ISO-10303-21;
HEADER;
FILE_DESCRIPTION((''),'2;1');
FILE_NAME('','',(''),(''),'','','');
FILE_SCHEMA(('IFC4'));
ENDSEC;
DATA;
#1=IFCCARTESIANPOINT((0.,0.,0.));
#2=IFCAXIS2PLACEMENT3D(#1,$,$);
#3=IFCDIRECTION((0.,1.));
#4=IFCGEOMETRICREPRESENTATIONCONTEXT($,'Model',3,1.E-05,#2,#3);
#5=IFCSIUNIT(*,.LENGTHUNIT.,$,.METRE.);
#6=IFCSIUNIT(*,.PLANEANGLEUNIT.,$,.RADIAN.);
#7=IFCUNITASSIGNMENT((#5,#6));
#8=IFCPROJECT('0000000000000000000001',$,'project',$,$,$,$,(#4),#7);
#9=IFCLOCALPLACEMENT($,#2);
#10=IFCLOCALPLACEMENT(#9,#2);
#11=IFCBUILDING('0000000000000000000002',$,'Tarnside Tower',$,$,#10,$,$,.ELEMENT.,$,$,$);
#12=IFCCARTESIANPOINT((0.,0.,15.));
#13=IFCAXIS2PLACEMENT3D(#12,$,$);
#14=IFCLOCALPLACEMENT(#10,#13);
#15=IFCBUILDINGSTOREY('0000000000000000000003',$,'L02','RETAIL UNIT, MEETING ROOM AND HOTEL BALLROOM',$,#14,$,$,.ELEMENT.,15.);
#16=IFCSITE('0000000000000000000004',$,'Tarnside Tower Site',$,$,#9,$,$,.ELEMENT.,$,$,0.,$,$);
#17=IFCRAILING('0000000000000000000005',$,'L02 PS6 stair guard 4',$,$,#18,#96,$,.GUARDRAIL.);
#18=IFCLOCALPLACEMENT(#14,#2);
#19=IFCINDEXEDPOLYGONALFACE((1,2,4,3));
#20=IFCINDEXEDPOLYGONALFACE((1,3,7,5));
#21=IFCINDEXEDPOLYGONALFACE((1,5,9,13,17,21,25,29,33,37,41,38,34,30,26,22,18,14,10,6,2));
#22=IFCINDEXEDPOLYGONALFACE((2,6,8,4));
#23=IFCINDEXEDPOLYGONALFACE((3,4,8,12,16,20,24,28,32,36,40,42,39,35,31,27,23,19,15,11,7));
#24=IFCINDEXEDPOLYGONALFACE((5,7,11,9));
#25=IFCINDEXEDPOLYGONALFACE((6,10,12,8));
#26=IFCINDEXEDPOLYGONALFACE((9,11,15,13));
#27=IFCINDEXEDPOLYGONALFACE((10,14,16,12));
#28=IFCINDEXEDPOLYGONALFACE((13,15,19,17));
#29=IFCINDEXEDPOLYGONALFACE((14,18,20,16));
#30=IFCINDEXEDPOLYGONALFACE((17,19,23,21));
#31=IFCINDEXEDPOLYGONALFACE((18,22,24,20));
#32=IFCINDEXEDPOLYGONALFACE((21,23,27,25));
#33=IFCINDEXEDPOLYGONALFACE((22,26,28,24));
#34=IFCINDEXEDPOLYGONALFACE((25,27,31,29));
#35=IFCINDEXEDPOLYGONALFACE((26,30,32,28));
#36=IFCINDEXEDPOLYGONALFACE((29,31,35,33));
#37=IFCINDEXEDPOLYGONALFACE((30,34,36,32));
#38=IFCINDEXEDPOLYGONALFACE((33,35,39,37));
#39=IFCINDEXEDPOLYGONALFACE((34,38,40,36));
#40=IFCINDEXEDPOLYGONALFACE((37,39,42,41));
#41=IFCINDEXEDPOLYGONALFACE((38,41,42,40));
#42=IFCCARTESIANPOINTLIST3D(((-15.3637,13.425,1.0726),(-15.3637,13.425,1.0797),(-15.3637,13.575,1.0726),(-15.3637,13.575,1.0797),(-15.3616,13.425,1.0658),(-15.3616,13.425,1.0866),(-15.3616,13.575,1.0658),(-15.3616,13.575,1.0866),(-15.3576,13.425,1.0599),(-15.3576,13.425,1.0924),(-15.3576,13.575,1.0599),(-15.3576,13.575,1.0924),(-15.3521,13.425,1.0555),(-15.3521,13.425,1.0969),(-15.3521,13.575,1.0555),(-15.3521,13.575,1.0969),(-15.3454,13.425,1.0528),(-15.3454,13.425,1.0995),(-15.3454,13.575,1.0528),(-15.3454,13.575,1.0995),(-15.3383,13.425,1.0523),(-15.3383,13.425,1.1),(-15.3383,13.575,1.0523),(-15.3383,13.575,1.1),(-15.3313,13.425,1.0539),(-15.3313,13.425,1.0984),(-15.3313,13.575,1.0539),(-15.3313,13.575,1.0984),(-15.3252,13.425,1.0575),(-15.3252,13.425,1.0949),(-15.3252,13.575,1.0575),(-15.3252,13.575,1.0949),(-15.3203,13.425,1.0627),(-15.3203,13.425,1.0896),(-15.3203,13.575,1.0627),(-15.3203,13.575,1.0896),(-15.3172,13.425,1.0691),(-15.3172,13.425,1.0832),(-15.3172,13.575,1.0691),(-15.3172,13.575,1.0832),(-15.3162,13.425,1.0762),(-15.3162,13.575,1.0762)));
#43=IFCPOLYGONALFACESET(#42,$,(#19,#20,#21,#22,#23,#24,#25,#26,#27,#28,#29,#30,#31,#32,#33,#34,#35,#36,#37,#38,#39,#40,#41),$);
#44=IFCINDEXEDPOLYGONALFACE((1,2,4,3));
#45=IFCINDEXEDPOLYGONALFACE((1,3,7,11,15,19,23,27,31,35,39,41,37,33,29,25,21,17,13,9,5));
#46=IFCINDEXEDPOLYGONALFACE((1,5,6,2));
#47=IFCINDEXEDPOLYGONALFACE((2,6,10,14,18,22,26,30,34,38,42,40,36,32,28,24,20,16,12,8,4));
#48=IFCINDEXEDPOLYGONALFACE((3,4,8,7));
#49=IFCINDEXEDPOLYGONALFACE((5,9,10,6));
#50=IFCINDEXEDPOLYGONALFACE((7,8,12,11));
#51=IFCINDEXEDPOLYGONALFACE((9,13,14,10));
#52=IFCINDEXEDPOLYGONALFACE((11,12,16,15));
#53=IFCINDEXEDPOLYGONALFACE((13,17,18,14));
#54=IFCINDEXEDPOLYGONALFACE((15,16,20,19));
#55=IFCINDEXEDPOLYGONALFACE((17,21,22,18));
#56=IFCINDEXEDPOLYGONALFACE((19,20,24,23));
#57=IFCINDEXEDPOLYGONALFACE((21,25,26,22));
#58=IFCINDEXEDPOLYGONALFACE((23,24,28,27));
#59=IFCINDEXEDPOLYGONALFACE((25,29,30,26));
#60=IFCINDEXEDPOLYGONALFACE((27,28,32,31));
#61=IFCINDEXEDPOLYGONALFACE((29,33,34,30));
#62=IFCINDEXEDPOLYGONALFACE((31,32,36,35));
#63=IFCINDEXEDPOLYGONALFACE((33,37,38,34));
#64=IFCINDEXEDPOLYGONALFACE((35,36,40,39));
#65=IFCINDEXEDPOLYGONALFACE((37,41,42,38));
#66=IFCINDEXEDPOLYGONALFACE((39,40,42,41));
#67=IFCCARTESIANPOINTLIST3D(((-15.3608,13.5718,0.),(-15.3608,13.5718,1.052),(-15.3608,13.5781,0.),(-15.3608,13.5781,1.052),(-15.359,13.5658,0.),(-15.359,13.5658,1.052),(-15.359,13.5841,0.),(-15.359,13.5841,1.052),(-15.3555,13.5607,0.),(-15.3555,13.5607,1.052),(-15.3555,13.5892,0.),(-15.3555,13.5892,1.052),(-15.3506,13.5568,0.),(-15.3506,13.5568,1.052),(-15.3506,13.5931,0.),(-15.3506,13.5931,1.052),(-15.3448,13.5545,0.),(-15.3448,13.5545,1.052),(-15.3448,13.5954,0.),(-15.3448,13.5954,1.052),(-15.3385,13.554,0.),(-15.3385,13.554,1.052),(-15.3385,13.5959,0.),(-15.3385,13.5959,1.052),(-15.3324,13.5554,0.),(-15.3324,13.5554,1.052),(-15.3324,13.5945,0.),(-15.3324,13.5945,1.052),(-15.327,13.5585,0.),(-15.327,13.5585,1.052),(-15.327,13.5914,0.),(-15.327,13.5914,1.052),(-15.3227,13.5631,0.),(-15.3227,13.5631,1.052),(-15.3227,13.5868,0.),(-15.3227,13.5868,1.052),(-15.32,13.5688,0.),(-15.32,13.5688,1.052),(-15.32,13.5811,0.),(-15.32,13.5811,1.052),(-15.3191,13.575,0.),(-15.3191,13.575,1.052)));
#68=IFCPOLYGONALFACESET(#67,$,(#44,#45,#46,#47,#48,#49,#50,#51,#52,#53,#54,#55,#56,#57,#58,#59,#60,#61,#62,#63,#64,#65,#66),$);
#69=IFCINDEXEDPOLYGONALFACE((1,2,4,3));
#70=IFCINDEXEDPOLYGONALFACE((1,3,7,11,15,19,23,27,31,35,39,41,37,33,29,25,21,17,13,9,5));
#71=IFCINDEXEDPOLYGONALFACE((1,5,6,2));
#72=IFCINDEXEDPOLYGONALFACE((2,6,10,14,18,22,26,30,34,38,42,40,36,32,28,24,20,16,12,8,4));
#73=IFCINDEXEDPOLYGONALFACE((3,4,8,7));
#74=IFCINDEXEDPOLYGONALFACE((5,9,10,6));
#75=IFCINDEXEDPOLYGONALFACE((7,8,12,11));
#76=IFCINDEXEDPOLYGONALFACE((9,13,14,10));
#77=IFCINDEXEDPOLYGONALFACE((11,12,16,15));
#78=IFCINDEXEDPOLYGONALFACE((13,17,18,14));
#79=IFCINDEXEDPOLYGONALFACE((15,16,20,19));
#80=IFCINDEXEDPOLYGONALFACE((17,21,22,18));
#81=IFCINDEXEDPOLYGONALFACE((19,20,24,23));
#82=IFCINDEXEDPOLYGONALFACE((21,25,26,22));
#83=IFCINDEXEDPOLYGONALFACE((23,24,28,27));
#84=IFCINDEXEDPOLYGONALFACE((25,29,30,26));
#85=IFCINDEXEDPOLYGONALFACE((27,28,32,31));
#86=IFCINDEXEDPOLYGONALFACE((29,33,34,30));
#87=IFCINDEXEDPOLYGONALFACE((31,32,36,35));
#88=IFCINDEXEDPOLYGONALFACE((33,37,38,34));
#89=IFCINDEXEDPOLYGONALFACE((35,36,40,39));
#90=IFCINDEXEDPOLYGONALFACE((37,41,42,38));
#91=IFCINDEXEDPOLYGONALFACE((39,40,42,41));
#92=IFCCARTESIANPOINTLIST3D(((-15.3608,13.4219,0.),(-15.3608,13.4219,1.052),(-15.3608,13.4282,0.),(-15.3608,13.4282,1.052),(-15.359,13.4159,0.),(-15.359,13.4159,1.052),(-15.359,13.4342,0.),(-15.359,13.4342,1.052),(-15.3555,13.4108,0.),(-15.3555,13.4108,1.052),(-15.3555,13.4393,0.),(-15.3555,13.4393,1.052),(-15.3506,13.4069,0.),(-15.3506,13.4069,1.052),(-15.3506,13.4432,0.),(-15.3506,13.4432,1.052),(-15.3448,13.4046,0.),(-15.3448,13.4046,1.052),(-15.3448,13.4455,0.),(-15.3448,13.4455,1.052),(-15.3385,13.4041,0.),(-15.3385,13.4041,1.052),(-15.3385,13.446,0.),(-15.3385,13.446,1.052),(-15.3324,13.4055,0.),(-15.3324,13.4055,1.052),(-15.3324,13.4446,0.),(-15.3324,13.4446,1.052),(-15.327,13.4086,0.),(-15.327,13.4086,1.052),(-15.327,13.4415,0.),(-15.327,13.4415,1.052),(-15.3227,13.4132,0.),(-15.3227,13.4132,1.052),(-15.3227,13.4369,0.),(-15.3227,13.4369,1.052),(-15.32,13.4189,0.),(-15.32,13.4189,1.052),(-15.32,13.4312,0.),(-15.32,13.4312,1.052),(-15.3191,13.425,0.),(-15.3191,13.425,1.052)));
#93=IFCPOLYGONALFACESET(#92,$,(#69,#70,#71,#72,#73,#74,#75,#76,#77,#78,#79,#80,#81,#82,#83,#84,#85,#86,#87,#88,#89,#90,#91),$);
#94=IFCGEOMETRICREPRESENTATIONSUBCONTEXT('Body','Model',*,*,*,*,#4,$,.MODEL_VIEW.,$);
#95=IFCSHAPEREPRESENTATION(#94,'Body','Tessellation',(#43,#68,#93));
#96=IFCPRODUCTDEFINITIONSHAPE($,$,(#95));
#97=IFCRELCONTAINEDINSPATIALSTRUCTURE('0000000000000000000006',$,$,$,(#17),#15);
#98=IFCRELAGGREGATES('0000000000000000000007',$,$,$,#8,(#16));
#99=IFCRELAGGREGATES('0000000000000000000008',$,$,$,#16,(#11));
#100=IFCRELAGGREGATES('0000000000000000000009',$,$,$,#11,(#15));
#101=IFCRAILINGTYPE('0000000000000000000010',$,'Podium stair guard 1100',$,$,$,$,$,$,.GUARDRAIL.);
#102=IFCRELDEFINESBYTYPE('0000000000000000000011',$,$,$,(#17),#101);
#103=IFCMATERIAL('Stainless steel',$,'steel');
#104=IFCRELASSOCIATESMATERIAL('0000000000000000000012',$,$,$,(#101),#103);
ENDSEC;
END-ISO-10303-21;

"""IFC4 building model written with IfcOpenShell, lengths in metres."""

from ifc_helpers import new_model, si_unit, direction, frame, origin, origin_2d, place, context, subcontext, project, spatial, circle, extrude, material, type_object, element, save


model = new_model("IFC4")

# Units and contexts
model_context = context("Model", 3, precision=1e-05, world=origin(), true_north=direction((0.0, 1.0)))
body_context = subcontext(model_context, "Body", "Model", "MODEL_VIEW")
ifc_project = project(units=[si_unit("LENGTHUNIT", "METRE"), si_unit("PLANEANGLEUNIT", "RADIAN")], contexts=[model_context])

# Site, building, storey
site_placement = place(None, origin())
site = spatial("IfcSite", under=ifc_project, at=site_placement, Name="Tarnside Tower Site", CompositionType="ELEMENT", RefElevation=0.0)
building_placement = place(site_placement, origin())
building = spatial("IfcBuilding", under=site, at=building_placement, Name="Tarnside Tower", CompositionType="ELEMENT")
storey_placement = place(building_placement, frame((0.0, 0.0, 15.0)))
storey = spatial("IfcBuildingStorey", under=building, at=storey_placement, Name="L02", Description="RETAIL UNIT, MEETING ROOM AND HOTEL BALLROOM", CompositionType="ELEMENT", Elevation=15.0)

# Railing
ifc_material_1 = material(Name="Stainless steel", Category="steel")
railing_type = type_object("IfcRailingType", Name="Podium stair guard 1100", PredefinedType="GUARDRAIL", material=ifc_material_1)
railing_placement = place(storey_placement, frame((-15.3401, 13.575, 0.0)))
element("IfcRailing", 1, at=railing_placement, inside=storey, type_object=railing_type, Name="L02 PS6 stair guard 4", PredefinedType="GUARDRAIL", context=body_context, shape_type="SweptSolid", body=[
    extrude(circle(Radius=0.0239, at=origin_2d()), frame((0.0, 0.0, 1.0762), z_axis=(0.0, -1.0, 0.0), x_axis=(1.0, 0.0, 0.0)), (0.0, 0.0, 1.0), 0.1499),
    extrude(circle(Radius=0.021, at=origin_2d()), origin(), (0.0, 0.0, 1.0), 1.052),
    extrude(circle(Radius=0.021, at=origin_2d()), frame((0.0, -0.1499, 0.0)), (0.0, 0.0, 1.0), 1.052),
])

save(model, "model.ifc")
